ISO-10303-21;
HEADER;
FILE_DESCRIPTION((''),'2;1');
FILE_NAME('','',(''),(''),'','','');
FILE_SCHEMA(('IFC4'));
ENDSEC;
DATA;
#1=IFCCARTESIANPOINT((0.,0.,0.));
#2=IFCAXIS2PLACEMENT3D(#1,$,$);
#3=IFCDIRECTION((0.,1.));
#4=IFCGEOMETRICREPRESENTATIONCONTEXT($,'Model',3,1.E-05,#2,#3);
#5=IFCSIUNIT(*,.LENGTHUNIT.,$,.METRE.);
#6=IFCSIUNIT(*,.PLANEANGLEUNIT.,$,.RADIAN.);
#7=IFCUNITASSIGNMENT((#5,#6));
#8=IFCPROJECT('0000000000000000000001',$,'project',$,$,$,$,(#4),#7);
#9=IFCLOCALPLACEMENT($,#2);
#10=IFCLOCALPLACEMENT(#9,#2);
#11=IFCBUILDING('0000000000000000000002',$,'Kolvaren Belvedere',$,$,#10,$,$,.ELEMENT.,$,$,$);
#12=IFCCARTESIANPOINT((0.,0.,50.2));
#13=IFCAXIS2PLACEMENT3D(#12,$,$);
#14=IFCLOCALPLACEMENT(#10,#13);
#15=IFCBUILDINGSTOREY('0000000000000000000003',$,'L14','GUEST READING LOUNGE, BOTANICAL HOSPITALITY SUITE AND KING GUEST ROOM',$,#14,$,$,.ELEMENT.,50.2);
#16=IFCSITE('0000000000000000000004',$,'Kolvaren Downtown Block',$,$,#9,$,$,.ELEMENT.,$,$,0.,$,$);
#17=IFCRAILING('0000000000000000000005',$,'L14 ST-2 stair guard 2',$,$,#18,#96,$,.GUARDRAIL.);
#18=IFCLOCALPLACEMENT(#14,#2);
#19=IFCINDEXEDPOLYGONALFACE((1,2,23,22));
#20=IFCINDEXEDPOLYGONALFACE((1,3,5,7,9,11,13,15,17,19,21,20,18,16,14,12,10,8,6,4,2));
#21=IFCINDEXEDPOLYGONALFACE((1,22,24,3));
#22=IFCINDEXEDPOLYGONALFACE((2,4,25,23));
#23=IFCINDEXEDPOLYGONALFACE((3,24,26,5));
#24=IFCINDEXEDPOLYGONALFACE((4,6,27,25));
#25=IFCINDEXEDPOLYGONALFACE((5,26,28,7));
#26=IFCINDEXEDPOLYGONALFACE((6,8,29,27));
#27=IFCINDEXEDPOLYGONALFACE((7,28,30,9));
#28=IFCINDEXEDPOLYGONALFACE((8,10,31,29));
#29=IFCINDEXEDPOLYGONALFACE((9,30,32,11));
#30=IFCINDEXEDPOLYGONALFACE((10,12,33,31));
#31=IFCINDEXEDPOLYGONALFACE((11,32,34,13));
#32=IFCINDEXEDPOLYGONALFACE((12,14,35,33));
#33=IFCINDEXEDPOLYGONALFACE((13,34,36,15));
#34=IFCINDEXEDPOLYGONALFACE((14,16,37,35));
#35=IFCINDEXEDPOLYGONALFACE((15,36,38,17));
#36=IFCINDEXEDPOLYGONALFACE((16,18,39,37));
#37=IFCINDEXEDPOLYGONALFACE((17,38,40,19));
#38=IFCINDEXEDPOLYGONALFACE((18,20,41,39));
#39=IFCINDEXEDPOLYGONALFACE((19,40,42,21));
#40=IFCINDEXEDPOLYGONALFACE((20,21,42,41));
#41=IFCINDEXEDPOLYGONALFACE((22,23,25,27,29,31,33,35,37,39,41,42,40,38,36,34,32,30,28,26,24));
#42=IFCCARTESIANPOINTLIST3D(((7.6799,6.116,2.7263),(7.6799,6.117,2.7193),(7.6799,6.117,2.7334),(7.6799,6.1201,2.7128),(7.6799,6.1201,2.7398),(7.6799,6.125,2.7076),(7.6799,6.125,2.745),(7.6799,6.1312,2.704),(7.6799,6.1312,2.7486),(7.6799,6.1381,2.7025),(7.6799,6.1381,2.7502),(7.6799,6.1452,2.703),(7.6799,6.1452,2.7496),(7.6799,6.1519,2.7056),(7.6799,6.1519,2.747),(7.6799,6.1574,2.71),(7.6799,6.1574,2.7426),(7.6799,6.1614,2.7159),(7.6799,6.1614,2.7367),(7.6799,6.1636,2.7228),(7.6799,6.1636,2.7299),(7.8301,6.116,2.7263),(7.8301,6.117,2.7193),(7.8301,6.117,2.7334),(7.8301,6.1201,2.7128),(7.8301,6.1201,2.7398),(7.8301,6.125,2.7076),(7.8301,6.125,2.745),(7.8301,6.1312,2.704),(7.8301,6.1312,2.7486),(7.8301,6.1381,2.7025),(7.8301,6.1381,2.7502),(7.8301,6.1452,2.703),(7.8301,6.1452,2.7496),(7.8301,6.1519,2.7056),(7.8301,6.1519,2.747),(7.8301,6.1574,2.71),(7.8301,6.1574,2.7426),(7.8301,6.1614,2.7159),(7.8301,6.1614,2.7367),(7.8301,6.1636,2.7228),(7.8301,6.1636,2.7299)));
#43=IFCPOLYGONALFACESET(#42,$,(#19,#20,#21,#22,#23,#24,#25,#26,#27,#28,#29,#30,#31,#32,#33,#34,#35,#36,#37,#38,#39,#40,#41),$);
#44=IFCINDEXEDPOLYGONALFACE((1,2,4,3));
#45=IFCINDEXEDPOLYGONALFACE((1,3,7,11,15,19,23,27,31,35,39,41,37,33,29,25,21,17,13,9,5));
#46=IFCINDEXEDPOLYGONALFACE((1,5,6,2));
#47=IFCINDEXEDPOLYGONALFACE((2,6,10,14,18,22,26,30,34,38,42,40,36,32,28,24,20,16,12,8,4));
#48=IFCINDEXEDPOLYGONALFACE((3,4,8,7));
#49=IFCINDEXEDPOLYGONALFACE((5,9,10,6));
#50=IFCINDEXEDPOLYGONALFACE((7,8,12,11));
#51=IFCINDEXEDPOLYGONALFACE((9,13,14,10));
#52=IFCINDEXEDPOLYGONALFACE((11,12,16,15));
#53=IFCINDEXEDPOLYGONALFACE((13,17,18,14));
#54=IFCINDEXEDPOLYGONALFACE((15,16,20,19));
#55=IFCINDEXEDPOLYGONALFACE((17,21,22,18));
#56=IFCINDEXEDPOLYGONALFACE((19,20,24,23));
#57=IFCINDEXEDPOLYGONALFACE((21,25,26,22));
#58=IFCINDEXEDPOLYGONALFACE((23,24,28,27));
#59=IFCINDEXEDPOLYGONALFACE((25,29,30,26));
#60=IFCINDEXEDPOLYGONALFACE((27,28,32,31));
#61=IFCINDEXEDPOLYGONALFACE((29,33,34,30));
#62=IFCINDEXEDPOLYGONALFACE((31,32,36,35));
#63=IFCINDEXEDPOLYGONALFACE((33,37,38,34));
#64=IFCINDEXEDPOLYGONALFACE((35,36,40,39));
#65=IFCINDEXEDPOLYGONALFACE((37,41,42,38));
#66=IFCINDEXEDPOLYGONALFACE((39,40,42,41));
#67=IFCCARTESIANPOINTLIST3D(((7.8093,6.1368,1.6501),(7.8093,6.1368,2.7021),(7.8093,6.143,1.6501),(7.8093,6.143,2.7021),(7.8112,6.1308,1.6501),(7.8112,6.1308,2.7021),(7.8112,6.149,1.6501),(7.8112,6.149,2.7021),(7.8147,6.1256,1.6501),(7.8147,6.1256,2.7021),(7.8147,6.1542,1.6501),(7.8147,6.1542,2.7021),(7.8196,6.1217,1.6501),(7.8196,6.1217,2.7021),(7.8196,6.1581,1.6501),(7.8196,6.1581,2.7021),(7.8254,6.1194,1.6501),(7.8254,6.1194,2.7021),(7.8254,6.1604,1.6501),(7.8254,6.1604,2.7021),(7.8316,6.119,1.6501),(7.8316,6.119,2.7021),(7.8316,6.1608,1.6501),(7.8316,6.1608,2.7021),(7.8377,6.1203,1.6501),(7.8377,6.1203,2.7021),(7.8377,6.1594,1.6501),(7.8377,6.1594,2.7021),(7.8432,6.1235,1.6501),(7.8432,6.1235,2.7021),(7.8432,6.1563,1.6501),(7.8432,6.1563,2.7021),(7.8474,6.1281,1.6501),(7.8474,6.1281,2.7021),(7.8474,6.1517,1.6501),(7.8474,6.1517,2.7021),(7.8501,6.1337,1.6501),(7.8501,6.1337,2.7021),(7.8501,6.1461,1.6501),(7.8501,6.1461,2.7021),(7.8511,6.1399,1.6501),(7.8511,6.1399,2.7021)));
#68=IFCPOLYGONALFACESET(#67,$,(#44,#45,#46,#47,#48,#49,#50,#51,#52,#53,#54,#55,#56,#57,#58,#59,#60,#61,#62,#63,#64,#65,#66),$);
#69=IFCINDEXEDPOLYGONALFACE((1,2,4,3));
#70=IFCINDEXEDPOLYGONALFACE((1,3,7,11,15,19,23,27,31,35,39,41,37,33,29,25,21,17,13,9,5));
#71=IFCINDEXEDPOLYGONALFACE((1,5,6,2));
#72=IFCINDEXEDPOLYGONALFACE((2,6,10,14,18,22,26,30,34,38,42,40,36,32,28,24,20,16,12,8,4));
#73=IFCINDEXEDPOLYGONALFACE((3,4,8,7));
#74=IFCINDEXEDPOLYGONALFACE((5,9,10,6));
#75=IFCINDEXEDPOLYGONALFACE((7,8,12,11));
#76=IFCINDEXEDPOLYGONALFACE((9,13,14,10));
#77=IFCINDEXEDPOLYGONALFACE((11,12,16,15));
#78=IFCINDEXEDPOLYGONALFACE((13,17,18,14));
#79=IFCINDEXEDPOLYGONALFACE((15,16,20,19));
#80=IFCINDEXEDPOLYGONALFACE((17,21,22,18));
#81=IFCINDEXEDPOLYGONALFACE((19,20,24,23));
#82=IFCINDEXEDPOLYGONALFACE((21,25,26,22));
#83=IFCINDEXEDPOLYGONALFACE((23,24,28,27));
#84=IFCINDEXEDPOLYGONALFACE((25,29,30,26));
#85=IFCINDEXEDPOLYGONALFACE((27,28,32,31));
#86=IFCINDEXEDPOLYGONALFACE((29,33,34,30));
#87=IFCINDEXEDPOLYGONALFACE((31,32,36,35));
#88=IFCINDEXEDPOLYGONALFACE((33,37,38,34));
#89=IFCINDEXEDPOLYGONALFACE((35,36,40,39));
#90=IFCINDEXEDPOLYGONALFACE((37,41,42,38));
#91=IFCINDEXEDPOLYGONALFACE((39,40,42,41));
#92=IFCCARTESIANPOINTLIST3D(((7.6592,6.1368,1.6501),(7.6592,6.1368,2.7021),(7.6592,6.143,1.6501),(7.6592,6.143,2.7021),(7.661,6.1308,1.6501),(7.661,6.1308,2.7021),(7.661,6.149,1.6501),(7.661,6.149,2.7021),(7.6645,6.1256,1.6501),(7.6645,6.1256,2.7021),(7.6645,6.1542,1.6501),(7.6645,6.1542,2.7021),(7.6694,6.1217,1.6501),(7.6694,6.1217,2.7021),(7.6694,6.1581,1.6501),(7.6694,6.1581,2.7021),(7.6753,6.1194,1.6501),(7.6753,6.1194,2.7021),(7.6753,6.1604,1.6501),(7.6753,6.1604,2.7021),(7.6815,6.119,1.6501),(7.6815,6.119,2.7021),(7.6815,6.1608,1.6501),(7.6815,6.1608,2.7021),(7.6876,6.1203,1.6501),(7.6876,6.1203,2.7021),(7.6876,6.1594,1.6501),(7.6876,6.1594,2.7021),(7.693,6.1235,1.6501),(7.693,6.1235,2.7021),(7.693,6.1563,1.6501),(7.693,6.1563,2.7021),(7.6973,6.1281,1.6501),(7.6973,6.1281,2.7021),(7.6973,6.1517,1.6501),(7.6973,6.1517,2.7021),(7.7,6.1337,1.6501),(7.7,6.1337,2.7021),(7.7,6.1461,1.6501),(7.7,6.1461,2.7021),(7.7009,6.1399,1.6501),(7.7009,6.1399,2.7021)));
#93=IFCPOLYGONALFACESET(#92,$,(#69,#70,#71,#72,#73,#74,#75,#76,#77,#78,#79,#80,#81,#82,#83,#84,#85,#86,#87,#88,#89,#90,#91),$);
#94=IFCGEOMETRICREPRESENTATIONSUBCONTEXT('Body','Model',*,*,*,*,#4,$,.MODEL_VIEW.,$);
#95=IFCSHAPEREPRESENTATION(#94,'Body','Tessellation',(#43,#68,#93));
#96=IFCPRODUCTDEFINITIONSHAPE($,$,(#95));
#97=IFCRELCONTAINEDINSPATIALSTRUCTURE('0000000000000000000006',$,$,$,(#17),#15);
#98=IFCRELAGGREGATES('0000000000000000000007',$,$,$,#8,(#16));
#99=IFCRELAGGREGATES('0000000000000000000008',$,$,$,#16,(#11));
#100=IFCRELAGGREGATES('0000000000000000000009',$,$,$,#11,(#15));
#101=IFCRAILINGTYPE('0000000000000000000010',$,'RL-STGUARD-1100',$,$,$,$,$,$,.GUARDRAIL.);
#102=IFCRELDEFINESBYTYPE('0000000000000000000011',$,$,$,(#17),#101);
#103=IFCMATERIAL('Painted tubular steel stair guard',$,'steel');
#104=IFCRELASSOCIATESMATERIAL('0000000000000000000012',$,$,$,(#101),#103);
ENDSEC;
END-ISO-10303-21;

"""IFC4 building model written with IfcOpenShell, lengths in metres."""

from ifc_helpers import new_model, si_unit, direction, frame, origin, origin_2d, place, context, subcontext, project, spatial, circle, extrude, material, type_object, element, save


model = new_model("IFC4")

# Units and contexts
model_context = context("Model", 3, precision=1e-05, world=origin(), true_north=direction((0.0, 1.0)))
body_context = subcontext(model_context, "Body", "Model", "MODEL_VIEW")
ifc_project = project(units=[si_unit("LENGTHUNIT", "METRE"), si_unit("PLANEANGLEUNIT", "RADIAN")], contexts=[model_context])

# Site, building, storey
site_placement = place(None, origin())
site = spatial("IfcSite", under=ifc_project, at=site_placement, Name="Kolvaren Downtown Block", CompositionType="ELEMENT", RefElevation=0.0)
building_placement = place(site_placement, origin())
building = spatial("IfcBuilding", under=site, at=building_placement, Name="Kolvaren Belvedere", CompositionType="ELEMENT")
storey_placement = place(building_placement, frame((0.0, 0.0, 50.2)))
storey = spatial("IfcBuildingStorey", under=building, at=storey_placement, Name="L14", Description="GUEST READING LOUNGE, BOTANICAL HOSPITALITY SUITE AND KING GUEST ROOM", CompositionType="ELEMENT", Elevation=50.2)

# Railing
ifc_material_1 = material(Name="Painted tubular steel stair guard", Category="steel")
railing_type_1 = type_object("IfcRailingType", Name="RL-STGUARD-1100", PredefinedType="GUARDRAIL", material=ifc_material_1)
railing_1_placement = place(storey_placement, frame((7.8301, 6.1399, 1.6501)))
element("IfcRailing", 1, at=railing_1_placement, inside=storey, type_object=railing_type_1, Name="L14 ST-2 stair guard 2", PredefinedType="GUARDRAIL", context=body_context, shape_type="SweptSolid", body=[
    extrude(circle(Radius=0.0239, at=origin_2d()), frame((0.0, 0.0, 1.0762), z_axis=(-1.0, 0.0, 0.0), x_axis=(0.0, -1.0, 0.0)), (0.0, 0.0, 1.0), 0.1501),
    extrude(circle(Radius=0.021, at=origin_2d()), origin(), (0.0, 0.0, 1.0), 1.052),
    extrude(circle(Radius=0.021, at=origin_2d()), frame((-0.1501, 0.0, 0.0)), (0.0, 0.0, 1.0), 1.052),
])

save(model, "model.ifc")
